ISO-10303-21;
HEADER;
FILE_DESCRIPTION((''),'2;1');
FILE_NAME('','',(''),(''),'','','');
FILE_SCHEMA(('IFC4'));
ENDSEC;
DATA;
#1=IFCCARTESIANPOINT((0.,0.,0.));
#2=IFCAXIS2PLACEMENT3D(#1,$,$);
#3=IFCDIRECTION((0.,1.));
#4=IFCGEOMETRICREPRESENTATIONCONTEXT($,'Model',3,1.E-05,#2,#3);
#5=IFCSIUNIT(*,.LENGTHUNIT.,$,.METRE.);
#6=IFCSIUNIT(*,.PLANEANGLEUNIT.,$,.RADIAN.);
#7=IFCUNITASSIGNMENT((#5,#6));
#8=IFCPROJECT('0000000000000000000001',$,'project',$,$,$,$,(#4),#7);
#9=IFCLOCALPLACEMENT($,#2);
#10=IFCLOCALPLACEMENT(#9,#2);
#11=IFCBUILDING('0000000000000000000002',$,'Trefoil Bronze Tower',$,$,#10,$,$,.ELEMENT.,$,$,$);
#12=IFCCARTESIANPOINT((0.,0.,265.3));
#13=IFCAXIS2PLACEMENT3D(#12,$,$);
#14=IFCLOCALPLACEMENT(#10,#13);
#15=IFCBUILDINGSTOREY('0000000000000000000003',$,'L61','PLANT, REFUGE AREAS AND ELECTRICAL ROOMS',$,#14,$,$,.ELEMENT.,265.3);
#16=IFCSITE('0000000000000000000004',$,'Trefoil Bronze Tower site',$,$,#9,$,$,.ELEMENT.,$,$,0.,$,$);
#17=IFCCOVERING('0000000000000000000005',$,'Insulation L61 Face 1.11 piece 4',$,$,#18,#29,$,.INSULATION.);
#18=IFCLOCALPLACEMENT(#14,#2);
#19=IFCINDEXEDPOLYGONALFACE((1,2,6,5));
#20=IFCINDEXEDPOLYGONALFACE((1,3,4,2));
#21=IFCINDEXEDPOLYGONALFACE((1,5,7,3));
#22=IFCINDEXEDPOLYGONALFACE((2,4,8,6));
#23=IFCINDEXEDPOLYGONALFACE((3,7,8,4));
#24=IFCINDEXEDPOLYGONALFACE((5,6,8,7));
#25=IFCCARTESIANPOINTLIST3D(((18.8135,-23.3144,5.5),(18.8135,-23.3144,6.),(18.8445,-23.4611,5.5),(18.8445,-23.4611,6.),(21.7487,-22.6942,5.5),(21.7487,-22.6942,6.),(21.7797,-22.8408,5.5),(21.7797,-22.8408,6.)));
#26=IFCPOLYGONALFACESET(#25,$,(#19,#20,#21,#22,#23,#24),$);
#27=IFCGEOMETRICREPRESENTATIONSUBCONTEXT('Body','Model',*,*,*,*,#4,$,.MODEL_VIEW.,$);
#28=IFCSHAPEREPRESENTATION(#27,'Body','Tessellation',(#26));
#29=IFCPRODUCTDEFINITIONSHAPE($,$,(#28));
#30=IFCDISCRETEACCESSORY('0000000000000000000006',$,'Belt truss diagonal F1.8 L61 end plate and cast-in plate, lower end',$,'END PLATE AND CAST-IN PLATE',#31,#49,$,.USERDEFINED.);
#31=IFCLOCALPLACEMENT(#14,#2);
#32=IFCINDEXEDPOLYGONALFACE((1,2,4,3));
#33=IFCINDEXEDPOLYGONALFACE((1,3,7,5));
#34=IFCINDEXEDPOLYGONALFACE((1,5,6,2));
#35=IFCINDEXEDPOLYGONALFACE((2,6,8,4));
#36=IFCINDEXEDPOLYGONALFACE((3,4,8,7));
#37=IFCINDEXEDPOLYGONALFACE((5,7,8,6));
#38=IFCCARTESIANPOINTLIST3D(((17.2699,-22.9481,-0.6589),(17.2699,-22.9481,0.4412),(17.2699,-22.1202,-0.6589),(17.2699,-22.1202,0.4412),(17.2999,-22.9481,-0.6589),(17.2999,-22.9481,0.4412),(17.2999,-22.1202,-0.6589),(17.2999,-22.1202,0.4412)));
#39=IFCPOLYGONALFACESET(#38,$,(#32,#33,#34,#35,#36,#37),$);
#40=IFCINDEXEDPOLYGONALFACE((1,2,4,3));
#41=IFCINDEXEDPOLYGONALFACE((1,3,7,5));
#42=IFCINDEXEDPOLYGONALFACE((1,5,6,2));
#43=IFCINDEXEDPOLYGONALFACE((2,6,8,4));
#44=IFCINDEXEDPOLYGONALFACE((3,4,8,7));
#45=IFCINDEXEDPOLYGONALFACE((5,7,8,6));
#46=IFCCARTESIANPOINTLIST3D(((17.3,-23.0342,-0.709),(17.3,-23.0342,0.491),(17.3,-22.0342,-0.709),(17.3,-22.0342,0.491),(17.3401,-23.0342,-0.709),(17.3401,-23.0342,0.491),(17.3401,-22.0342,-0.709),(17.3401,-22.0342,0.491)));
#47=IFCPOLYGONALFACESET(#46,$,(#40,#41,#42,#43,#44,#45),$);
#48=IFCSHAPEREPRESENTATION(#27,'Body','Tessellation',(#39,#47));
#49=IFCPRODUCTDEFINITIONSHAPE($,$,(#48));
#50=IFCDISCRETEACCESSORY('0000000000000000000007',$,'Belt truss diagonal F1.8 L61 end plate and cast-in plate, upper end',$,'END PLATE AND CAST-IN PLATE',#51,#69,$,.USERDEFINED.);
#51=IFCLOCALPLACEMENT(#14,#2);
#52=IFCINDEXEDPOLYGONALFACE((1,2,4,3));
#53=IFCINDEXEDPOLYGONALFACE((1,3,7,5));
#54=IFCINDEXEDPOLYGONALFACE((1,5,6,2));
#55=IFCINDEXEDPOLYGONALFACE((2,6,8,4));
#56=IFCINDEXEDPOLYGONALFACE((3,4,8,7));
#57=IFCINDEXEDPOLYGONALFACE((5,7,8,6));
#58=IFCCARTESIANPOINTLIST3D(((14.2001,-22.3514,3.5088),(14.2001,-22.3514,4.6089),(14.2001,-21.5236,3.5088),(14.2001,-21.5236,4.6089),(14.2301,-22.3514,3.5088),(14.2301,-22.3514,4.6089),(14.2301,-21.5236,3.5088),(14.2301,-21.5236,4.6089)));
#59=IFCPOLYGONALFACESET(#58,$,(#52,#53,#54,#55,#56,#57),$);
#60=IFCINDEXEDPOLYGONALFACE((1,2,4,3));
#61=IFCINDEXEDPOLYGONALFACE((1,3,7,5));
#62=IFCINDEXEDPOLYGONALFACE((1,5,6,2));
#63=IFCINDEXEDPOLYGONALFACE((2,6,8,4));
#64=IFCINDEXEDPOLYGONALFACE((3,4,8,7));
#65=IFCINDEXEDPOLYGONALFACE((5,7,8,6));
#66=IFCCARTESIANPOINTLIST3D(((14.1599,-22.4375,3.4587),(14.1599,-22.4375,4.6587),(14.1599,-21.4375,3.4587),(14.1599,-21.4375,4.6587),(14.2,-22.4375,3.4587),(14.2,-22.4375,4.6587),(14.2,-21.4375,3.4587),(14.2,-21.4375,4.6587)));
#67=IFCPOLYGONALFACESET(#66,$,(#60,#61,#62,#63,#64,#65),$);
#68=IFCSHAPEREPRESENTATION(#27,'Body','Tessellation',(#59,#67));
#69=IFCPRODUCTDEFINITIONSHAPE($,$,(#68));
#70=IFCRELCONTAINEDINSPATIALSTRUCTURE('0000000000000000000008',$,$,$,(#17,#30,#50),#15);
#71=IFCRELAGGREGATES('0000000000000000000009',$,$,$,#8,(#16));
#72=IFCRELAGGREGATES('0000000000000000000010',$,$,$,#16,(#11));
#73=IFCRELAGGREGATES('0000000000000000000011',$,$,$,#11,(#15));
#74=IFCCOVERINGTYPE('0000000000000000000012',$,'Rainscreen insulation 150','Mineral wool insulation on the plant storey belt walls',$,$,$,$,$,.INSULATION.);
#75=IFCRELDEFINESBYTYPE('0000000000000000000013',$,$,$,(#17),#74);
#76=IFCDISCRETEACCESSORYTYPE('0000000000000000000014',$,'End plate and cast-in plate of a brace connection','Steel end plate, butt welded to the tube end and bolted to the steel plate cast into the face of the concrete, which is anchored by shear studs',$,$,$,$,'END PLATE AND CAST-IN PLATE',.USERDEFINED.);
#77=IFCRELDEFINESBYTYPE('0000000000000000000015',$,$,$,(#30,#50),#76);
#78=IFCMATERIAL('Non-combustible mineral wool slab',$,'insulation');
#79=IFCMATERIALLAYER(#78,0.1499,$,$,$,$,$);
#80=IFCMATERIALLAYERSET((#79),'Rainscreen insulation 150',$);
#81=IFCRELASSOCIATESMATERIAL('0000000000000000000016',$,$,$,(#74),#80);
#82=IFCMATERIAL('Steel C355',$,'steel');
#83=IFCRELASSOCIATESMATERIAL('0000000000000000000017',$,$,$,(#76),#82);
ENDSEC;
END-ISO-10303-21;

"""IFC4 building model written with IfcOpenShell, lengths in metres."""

from ifc_helpers import new_model, si_unit, direction, frame, origin, origin_2d, place, context, subcontext, project, spatial, rectangle, extrude, material, layer, layer_set, type_object, element, save


model = new_model("IFC4")

# Units and contexts
model_context = context("Model", 3, precision=1e-05, world=origin(), true_north=direction((0.0, 1.0)))
body_context = subcontext(model_context, "Body", "Model", "MODEL_VIEW")
ifc_project = project(units=[si_unit("LENGTHUNIT", "METRE"), si_unit("PLANEANGLEUNIT", "RADIAN")], contexts=[model_context])

# Site, building, storey
site_placement = place(None, origin())
site = spatial("IfcSite", under=ifc_project, at=site_placement, Name="Trefoil Bronze Tower site", CompositionType="ELEMENT", RefElevation=0.0)
building_placement = place(site_placement, origin())
building = spatial("IfcBuilding", under=site, at=building_placement, Name="Trefoil Bronze Tower", CompositionType="ELEMENT")
storey_placement = place(building_placement, frame((0.0, 0.0, 265.3)))
storey = spatial("IfcBuildingStorey", under=building, at=storey_placement, Name="L61", Description="PLANT, REFUGE AREAS AND ELECTRICAL ROOMS", CompositionType="ELEMENT", Elevation=265.3)

# Covering
ifc_material_1 = material(Name="Non-combustible mineral wool slab", Category="insulation")
ifc_layer_1 = layer(ifc_material_1, 0.1499)
ifc_layer_set_1 = layer_set([ifc_layer_1], Name="Rainscreen insulation 150")
covering_type_1 = type_object("IfcCoveringType", Name="Rainscreen insulation 150", Description="Mineral wool insulation on the plant storey belt walls", PredefinedType="INSULATION", material=ifc_layer_set_1)
covering_1_placement = place(storey_placement, frame((20.2966, -23.0776, 5.5), z_axis=(0.0, 0.0, 1.0), x_axis=(0.978394, 0.206747, 0.0)))
element("IfcCovering", 1, at=covering_1_placement, inside=storey, type_object=covering_type_1, Name="Insulation L61 Face 1.11 piece 4", PredefinedType="INSULATION", context=body_context, shape_type="SweptSolid", body=[
    extrude(rectangle(XDim=3.0, YDim=0.1499, at=origin_2d()), origin(), (0.0, 0.0, 1.0), 0.5),
])

# Discrete accessories
ifc_material_2 = material(Name="Steel C355", Category="steel")
discrete_accessory_type = type_object("IfcDiscreteAccessoryType", Name="End plate and cast-in plate of a brace connection", Description="Steel end plate, butt welded to the tube end and bolted to the steel plate cast into the face of the concrete, which is anchored by shear studs", ElementType="END PLATE AND CAST-IN PLATE", PredefinedType="USERDEFINED", material=ifc_material_2)
for number, where, z_axis, x_axis, name in (
    (2, (17.3, -22.5342, -0.1089), (0.0, 0.0, 1.0), (-1.0, 0.0, 0.0), "Belt truss diagonal F1.8 L61 end plate and cast-in plate, lower end"),
    (3, (14.2, -21.9375, 4.0588), (0.0, 0.0, 1.0), (1.0, 0.0, 0.0), "Belt truss diagonal F1.8 L61 end plate and cast-in plate, upper end"),
):
    element("IfcDiscreteAccessory", number, at=place(storey_placement, frame(where, z_axis=z_axis, x_axis=x_axis)), inside=storey, type_object=discrete_accessory_type, Name=name, ObjectType="END PLATE AND CAST-IN PLATE", PredefinedType="USERDEFINED", context=body_context, shape_type="SweptSolid", body=[
        extrude(rectangle(XDim=0.03, YDim=0.8279, at=origin_2d()), frame((0.0151, 0.0, -0.55)), (0.0, 0.0, 1.0), 1.1001),
        extrude(rectangle(XDim=0.04, YDim=1.0, at=origin_2d()), frame((-0.02, 0.0, -0.6001)), (0.0, 0.0, 1.0), 1.2),
    ])

save(model, "model.ifc")
